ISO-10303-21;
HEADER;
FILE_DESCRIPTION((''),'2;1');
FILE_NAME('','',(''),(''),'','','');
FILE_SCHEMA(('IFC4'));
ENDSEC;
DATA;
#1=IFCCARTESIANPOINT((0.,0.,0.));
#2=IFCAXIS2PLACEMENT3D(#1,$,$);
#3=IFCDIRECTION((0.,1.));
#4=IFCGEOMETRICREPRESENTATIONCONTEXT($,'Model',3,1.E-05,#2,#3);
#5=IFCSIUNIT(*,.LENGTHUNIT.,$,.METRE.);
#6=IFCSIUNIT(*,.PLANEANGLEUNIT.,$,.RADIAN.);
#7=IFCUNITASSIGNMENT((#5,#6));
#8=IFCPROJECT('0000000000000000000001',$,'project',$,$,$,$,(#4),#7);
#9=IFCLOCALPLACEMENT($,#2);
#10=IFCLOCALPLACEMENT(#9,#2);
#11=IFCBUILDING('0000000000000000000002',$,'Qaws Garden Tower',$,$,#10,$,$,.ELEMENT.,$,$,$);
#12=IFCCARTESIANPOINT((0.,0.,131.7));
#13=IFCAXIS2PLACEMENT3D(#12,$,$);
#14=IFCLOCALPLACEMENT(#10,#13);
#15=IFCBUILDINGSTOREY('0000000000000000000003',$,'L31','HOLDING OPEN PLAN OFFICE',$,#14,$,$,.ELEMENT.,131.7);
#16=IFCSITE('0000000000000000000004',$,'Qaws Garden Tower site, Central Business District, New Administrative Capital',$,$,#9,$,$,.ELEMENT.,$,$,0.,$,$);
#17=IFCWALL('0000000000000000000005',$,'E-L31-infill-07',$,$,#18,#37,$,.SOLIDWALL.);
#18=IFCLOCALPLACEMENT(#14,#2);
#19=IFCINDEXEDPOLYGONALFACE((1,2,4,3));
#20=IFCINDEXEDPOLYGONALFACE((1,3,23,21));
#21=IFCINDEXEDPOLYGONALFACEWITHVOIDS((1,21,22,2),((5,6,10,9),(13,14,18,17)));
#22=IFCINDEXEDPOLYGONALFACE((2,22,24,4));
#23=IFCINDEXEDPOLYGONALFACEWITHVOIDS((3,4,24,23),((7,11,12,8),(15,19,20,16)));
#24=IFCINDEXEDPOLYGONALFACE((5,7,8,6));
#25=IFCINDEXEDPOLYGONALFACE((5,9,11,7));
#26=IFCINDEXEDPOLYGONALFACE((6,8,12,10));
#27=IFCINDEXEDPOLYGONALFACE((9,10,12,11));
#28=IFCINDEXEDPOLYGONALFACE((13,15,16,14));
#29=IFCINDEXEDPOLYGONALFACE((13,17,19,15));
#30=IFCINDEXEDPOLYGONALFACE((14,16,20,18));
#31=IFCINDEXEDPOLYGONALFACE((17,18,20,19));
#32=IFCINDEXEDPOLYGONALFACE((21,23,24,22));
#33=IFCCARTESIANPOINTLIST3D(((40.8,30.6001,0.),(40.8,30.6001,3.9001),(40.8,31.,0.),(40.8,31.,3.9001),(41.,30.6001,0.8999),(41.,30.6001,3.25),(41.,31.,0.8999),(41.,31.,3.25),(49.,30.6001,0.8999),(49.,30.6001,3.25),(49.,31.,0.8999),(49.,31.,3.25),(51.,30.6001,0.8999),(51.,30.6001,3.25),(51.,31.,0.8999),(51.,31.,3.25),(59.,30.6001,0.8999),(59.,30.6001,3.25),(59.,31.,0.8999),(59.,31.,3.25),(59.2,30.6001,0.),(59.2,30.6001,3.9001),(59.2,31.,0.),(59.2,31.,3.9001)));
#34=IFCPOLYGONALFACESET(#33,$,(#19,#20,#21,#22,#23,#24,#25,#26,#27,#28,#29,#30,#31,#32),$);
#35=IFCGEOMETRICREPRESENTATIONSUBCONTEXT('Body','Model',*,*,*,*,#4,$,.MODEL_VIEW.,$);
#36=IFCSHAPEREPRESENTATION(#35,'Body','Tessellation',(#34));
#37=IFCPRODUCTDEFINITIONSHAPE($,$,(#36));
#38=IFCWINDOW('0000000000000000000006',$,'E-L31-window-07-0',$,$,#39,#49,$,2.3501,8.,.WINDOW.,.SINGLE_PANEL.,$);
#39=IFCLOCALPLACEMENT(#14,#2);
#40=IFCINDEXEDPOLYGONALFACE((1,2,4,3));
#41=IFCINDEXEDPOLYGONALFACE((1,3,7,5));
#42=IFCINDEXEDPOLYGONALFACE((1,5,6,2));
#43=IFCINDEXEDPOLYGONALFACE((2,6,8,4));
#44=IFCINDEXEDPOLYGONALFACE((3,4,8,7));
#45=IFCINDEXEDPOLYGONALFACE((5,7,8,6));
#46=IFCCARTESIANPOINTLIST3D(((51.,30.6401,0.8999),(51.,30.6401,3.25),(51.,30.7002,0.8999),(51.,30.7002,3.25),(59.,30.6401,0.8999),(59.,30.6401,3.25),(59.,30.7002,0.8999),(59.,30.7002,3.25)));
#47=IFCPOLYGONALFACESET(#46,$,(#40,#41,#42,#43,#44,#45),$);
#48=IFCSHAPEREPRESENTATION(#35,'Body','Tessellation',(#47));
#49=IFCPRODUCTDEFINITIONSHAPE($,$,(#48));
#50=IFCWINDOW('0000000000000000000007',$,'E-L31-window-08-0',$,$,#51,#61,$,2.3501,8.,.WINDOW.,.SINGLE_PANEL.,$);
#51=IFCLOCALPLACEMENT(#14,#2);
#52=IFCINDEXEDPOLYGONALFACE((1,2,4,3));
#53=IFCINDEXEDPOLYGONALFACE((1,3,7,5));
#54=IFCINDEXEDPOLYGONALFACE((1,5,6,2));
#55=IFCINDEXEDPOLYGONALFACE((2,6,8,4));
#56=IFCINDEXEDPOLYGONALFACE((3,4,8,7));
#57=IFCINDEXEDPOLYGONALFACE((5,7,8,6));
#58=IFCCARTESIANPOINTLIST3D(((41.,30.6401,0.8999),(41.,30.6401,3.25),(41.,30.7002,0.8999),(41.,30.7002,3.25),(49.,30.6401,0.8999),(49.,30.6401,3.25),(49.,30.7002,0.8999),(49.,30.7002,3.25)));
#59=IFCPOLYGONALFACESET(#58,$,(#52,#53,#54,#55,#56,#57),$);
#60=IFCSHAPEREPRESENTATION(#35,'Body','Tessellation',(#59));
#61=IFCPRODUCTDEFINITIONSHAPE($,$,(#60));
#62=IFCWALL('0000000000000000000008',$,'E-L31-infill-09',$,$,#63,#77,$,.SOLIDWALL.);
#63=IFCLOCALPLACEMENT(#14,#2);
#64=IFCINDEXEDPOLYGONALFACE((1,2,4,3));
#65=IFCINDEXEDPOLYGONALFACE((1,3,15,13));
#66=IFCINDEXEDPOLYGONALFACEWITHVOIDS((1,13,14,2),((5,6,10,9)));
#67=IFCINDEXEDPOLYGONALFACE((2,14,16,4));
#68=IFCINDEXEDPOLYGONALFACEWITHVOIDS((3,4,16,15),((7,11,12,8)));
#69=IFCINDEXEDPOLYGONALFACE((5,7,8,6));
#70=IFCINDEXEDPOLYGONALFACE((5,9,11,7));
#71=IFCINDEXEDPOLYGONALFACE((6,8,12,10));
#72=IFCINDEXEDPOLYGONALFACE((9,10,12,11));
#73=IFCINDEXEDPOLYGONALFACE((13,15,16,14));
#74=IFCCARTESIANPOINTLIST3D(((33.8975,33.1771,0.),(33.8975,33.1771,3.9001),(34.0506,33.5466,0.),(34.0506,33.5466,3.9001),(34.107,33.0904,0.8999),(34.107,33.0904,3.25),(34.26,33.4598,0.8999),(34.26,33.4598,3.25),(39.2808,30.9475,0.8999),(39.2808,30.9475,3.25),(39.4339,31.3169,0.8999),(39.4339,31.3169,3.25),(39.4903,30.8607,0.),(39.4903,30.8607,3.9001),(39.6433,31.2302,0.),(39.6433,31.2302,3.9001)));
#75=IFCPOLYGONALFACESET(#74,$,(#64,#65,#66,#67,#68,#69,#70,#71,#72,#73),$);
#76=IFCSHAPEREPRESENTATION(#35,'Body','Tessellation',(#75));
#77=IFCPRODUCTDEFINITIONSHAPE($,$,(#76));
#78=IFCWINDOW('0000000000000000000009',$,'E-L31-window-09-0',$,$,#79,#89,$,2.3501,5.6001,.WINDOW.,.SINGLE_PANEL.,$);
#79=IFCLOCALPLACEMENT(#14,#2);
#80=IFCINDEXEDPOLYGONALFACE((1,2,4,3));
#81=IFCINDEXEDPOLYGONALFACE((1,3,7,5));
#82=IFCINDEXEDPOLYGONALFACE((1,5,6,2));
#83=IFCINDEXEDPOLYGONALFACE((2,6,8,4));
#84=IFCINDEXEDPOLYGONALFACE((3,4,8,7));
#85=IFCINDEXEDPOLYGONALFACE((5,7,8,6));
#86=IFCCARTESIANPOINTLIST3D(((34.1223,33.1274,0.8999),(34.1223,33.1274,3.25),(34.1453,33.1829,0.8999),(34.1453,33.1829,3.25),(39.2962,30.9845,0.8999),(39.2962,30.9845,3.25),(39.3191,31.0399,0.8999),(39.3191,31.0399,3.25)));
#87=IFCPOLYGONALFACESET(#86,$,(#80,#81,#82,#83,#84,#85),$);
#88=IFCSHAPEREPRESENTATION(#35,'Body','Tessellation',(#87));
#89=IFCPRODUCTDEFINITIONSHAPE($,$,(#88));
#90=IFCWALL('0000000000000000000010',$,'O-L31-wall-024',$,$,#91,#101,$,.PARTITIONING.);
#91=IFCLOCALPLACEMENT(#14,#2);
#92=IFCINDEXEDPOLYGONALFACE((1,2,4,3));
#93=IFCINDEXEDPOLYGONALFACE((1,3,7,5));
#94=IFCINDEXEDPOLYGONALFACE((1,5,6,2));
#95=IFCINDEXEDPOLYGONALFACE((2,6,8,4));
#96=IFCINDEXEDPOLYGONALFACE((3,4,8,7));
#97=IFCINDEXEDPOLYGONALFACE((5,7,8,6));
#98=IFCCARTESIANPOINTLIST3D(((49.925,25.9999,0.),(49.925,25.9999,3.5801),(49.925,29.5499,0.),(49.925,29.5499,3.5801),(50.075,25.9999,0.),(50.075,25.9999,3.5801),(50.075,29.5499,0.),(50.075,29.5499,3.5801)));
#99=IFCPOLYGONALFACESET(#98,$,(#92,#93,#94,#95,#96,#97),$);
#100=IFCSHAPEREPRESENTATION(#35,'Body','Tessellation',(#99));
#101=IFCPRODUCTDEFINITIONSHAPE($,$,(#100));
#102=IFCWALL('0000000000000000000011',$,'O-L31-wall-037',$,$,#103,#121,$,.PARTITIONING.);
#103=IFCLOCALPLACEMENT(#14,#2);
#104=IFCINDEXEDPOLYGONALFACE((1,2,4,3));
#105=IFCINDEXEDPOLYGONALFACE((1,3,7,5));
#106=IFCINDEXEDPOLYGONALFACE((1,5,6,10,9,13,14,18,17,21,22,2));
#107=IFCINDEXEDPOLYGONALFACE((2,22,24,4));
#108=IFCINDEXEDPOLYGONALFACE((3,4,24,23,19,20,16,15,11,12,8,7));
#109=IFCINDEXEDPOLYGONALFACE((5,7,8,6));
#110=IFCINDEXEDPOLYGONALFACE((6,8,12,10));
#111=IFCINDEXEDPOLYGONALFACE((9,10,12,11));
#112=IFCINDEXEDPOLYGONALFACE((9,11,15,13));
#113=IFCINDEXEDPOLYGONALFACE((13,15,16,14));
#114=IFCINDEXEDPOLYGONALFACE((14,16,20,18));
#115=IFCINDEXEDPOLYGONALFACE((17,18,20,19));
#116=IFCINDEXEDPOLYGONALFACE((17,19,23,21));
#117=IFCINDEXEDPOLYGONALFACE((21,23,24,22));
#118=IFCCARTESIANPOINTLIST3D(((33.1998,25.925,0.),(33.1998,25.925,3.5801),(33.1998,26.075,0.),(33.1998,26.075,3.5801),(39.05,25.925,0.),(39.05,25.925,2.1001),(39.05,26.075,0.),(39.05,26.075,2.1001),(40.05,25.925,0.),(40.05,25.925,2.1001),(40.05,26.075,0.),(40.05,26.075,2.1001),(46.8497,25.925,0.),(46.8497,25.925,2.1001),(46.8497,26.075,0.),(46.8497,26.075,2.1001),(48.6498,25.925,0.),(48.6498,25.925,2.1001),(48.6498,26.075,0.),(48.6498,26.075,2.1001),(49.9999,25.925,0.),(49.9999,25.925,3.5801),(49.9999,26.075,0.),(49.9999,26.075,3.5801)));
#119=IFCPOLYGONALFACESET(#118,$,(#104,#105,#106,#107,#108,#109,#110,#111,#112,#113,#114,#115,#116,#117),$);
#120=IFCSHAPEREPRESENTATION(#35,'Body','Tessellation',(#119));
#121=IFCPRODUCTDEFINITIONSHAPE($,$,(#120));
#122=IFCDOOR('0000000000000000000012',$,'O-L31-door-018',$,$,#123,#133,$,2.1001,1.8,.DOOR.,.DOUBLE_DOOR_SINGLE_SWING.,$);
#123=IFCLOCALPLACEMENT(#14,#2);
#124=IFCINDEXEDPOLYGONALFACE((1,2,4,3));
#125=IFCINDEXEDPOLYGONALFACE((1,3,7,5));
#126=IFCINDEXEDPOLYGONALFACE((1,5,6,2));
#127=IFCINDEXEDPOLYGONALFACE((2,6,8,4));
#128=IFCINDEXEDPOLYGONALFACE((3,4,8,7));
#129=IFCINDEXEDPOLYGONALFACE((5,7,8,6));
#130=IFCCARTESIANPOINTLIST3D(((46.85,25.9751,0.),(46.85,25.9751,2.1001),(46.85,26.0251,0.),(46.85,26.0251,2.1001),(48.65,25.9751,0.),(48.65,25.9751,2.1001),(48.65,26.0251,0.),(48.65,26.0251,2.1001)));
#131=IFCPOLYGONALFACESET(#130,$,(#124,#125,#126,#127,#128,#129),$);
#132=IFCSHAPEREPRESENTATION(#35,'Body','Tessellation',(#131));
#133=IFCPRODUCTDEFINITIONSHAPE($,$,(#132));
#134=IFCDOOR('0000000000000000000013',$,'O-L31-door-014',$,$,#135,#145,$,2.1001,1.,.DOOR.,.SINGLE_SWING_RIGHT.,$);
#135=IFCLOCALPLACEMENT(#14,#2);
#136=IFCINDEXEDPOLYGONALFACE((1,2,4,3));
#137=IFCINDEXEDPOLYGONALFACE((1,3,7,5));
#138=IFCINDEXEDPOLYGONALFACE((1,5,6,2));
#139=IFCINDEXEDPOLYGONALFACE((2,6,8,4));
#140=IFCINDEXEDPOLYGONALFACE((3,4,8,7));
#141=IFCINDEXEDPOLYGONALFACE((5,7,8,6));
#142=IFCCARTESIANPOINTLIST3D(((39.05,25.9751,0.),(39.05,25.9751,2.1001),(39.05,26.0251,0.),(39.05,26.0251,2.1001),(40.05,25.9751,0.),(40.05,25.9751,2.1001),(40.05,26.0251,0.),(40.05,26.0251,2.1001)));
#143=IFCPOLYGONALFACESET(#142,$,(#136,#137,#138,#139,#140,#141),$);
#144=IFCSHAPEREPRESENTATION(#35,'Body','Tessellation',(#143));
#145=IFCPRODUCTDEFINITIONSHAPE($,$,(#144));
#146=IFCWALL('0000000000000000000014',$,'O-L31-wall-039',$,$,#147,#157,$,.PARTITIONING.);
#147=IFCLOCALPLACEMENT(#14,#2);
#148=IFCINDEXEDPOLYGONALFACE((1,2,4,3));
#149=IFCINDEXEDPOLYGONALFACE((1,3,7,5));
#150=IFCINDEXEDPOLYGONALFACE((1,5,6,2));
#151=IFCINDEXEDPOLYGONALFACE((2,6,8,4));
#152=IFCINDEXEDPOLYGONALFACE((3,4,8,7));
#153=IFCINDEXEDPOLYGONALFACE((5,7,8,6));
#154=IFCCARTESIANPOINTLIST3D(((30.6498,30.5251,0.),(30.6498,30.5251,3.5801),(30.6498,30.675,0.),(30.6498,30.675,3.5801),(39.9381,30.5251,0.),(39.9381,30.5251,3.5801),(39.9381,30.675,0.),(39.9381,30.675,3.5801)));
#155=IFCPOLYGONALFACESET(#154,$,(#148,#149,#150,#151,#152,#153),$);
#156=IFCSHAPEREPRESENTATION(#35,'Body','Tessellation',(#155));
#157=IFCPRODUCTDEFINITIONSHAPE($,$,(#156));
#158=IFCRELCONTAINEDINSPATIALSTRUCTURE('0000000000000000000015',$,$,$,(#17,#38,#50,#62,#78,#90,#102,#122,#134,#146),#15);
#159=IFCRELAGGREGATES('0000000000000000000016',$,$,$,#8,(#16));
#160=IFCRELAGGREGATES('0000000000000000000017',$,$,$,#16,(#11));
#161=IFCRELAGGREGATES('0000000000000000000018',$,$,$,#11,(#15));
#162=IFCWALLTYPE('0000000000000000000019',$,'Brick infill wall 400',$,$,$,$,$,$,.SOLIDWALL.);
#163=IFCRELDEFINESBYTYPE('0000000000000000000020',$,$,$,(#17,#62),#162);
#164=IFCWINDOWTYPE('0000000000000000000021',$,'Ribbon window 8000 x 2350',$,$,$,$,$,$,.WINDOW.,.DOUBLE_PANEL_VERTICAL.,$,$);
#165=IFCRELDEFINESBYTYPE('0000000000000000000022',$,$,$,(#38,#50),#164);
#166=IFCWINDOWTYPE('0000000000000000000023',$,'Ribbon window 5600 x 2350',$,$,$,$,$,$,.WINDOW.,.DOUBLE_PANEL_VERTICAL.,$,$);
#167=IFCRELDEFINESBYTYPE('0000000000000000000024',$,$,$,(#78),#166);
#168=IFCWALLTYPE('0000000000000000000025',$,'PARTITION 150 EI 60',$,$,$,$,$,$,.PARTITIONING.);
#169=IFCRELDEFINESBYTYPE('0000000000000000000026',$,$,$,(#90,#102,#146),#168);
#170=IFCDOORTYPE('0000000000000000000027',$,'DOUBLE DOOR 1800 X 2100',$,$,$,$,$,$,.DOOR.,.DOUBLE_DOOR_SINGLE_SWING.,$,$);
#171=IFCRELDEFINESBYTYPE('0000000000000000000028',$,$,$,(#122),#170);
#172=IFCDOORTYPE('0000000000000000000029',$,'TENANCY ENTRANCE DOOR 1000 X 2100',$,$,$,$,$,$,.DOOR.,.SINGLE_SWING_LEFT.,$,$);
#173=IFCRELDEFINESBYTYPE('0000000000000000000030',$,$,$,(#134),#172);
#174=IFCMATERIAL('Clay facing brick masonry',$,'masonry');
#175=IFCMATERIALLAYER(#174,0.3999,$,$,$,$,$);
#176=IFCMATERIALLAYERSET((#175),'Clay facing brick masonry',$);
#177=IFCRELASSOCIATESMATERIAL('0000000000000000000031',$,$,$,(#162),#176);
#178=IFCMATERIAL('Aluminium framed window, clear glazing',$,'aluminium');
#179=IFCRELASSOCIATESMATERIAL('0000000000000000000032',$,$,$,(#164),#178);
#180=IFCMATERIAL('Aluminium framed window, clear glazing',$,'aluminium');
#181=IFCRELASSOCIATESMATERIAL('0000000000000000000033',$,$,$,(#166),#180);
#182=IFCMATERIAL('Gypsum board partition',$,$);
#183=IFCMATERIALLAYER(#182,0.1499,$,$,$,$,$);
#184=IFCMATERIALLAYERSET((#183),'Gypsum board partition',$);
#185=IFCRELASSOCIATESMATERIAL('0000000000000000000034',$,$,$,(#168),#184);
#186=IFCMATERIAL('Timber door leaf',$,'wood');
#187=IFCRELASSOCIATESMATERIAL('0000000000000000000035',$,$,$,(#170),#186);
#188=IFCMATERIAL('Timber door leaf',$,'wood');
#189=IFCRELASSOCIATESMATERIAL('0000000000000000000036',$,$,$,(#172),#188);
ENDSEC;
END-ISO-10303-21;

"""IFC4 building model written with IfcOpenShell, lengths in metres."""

from ifc_helpers import new_model, si_unit, direction, frame, frame_2d, origin, place, context, subcontext, project, spatial, rectangle, extrude, material, layer, layer_set, type_object, element, fill, save


model = new_model("IFC4")

# Units and contexts
model_context = context("Model", 3, precision=1e-05, world=origin(), true_north=direction((0.0, 1.0)))
body_context = subcontext(model_context, "Body", "Model", "MODEL_VIEW")
ifc_project = project(units=[si_unit("LENGTHUNIT", "METRE"), si_unit("PLANEANGLEUNIT", "RADIAN")], contexts=[model_context])

# Site, building, storey
site_placement = place(None, origin())
site = spatial("IfcSite", under=ifc_project, at=site_placement, Name="Qaws Garden Tower site, Central Business District, New Administrative Capital", CompositionType="ELEMENT", RefElevation=0.0)
building_placement = place(site_placement, origin())
building = spatial("IfcBuilding", under=site, at=building_placement, Name="Qaws Garden Tower", CompositionType="ELEMENT")
storey_placement = place(building_placement, frame((0.0, 0.0, 131.7)))
storey = spatial("IfcBuildingStorey", under=building, at=storey_placement, Name="L31", Description="HOLDING OPEN PLAN OFFICE", CompositionType="ELEMENT", Elevation=131.7)

# Wall, openings, windows
ifc_material_1 = material(Name="Clay facing brick masonry", Category="masonry")
ifc_layer_1 = layer(ifc_material_1, 0.3999)
ifc_layer_set_1 = layer_set([ifc_layer_1], Name="Clay facing brick masonry")
wall_type_1 = type_object("IfcWallType", Name="Brick infill wall 400", PredefinedType="SOLIDWALL", material=ifc_layer_set_1)
wall_1_placement = place(storey_placement, frame((59.2, 30.8, 0.0), z_axis=(0.0, 0.0, 1.0), x_axis=(-1.0, 0.0, 0.0)))
wall_1 = element("IfcWall", 1, at=wall_1_placement, inside=storey, type_object=wall_type_1, Name="E-L31-infill-07", PredefinedType="SOLIDWALL", context=body_context, shape_type="SweptSolid", body=[
    extrude(rectangle(XDim=18.3999, YDim=0.3999, at=frame_2d((9.2, 0.0))), origin(), (0.0, 0.0, 1.0), 3.9001),
])
opening_1_placement = place(wall_1_placement, frame((0.2, 0.0, 0.8999)))
opening_1 = element("IfcOpeningElement", 2, at=opening_1_placement, cuts=wall_1, PredefinedType="OPENING", context=body_context, shape_type="SweptSolid", body=[
    extrude(rectangle(XDim=8.0, YDim=2.3501, at=frame_2d((4.0, 1.175))), frame((0.0, 0.21, 0.0), z_axis=(0.0, -1.0, 0.0), x_axis=(1.0, 0.0, 0.0)), (0.0, 0.0, 1.0), 0.4199),
])
opening_2_placement = place(wall_1_placement, frame((10.2, 0.0, 0.8999)))
opening_2 = element("IfcOpeningElement", 3, at=opening_2_placement, cuts=wall_1, PredefinedType="OPENING", context=body_context, shape_type="SweptSolid", body=[
    extrude(rectangle(XDim=8.0, YDim=2.3501, at=frame_2d((4.0, 1.175))), frame((0.0, 0.21, 0.0), z_axis=(0.0, -1.0, 0.0), x_axis=(1.0, 0.0, 0.0)), (0.0, 0.0, 1.0), 0.4199),
])
ifc_material_2 = material(Name="Aluminium framed window, clear glazing", Category="aluminium")
window_type_1 = type_object("IfcWindowType", Name="Ribbon window 8000 x 2350", PartitioningType="DOUBLE_PANEL_VERTICAL", PredefinedType="WINDOW", material=ifc_material_2)
window_1_placement = place(opening_1_placement, origin())
window_1 = element("IfcWindow", 4, at=window_1_placement, inside=storey, type_object=window_type_1, Name="E-L31-window-07-0", OverallHeight=2.3501, OverallWidth=8.0, PartitioningType="SINGLE_PANEL", PredefinedType="WINDOW", context=body_context, shape_type="SweptSolid", body=[
    extrude(rectangle(XDim=8.0, YDim=2.3501, at=frame_2d((4.0, 1.175))), frame((0.0, 0.1599, 0.0), z_axis=(0.0, -1.0, 0.0), x_axis=(1.0, 0.0, 0.0)), (0.0, 0.0, 1.0), 0.0601),
])
fill(opening_1, window_1)
window_2_placement = place(opening_2_placement, origin())
window_2 = element("IfcWindow", 5, at=window_2_placement, inside=storey, type_object=window_type_1, Name="E-L31-window-08-0", OverallHeight=2.3501, OverallWidth=8.0, PartitioningType="SINGLE_PANEL", PredefinedType="WINDOW", context=body_context, shape_type="SweptSolid", body=[
    extrude(rectangle(XDim=8.0, YDim=2.3501, at=frame_2d((4.0, 1.175))), frame((0.0, 0.1599, 0.0), z_axis=(0.0, -1.0, 0.0), x_axis=(1.0, 0.0, 0.0)), (0.0, 0.0, 1.0), 0.0601),
])
fill(opening_2, window_2)

# Wall, opening, window
wall_2_placement = place(storey_placement, frame((39.5669, 31.0454, 0.0), z_axis=(0.0, 0.0, 1.0), x_axis=(-0.923891, 0.382656, 0.0)))
wall_2 = element("IfcWall", 6, at=wall_2_placement, inside=storey, type_object=wall_type_1, Name="E-L31-infill-09", PredefinedType="SOLIDWALL", context=body_context, shape_type="SweptSolid", body=[
    extrude(rectangle(XDim=6.0535, YDim=0.3999, at=frame_2d((3.0269, 0.0))), origin(), (0.0, 0.0, 1.0), 3.9001),
])
opening_3_placement = place(wall_2_placement, frame((0.2268, 0.0, 0.8999)))
opening_3 = element("IfcOpeningElement", 7, at=opening_3_placement, cuts=wall_2, PredefinedType="OPENING", context=body_context, shape_type="SweptSolid", body=[
    extrude(rectangle(XDim=5.6001, YDim=2.3501, at=frame_2d((2.8, 1.175))), frame((0.0, 0.21, 0.0), z_axis=(0.0, -1.0, 0.0), x_axis=(1.0, 0.0, 0.0)), (0.0, 0.0, 1.0), 0.4199),
])
ifc_material_3 = material(Name="Aluminium framed window, clear glazing", Category="aluminium")
window_type_2 = type_object("IfcWindowType", Name="Ribbon window 5600 x 2350", PartitioningType="DOUBLE_PANEL_VERTICAL", PredefinedType="WINDOW", material=ifc_material_3)
window_3_placement = place(opening_3_placement, origin())
window_3 = element("IfcWindow", 8, at=window_3_placement, inside=storey, type_object=window_type_2, Name="E-L31-window-09-0", OverallHeight=2.3501, OverallWidth=5.6001, PartitioningType="SINGLE_PANEL", PredefinedType="WINDOW", context=body_context, shape_type="SweptSolid", body=[
    extrude(rectangle(XDim=5.6001, YDim=2.3501, at=frame_2d((2.8, 1.175))), frame((0.0, 0.1599, 0.0), z_axis=(0.0, -1.0, 0.0), x_axis=(1.0, 0.0, 0.0)), (0.0, 0.0, 1.0), 0.0601),
])
fill(opening_3, window_3)

# Wall
ifc_material_4 = material(Name="Gypsum board partition")
ifc_layer_2 = layer(ifc_material_4, 0.1499)
ifc_layer_set_2 = layer_set([ifc_layer_2], Name="Gypsum board partition")
wall_type_2 = type_object("IfcWallType", Name="PARTITION 150 EI 60", PredefinedType="PARTITIONING", material=ifc_layer_set_2)
wall_3_placement = place(storey_placement, frame((50.0, 26.0, 0.0), z_axis=(0.0, 0.0, 1.0), x_axis=(0.0, 1.0, 0.0)))
element("IfcWall", 9, at=wall_3_placement, inside=storey, type_object=wall_type_2, Name="O-L31-wall-024", PredefinedType="PARTITIONING", context=body_context, shape_type="SweptSolid", body=[
    extrude(rectangle(XDim=3.55, YDim=0.1499, at=frame_2d((1.7749, 0.0))), origin(), (0.0, 0.0, 1.0), 3.5801),
])

# Wall, openings, doors
wall_4_placement = place(storey_placement, frame((33.2, 26.0, 0.0), z_axis=(0.0, 0.0, 1.0), x_axis=(1.0, 0.0, 0.0)))
wall_4 = element("IfcWall", 10, at=wall_4_placement, inside=storey, type_object=wall_type_2, Name="O-L31-wall-037", PredefinedType="PARTITIONING", context=body_context, shape_type="SweptSolid", body=[
    extrude(rectangle(XDim=16.8, YDim=0.1499, at=frame_2d((8.3999, 0.0))), origin(), (0.0, 0.0, 1.0), 3.5801),
])
opening_4_placement = place(wall_4_placement, frame((5.8501, 0.0, 0.0)))
opening_4 = element("IfcOpeningElement", 11, at=opening_4_placement, cuts=wall_4, PredefinedType="OPENING", context=body_context, shape_type="SweptSolid", body=[
    extrude(rectangle(XDim=1.0, YDim=2.1001, at=frame_2d((0.5, 1.05))), frame((0.0, 0.085, 0.0), z_axis=(0.0, -1.0, 0.0), x_axis=(1.0, 0.0, 0.0)), (0.0, 0.0, 1.0), 0.1699),
])
opening_5_placement = place(wall_4_placement, frame((13.6499, 0.0, 0.0)))
opening_5 = element("IfcOpeningElement", 12, at=opening_5_placement, cuts=wall_4, PredefinedType="OPENING", context=body_context, shape_type="SweptSolid", body=[
    extrude(rectangle(XDim=1.8, YDim=2.1001, at=frame_2d((0.8999, 1.05))), frame((0.0, 0.085, 0.0), z_axis=(0.0, -1.0, 0.0), x_axis=(1.0, 0.0, 0.0)), (0.0, 0.0, 1.0), 0.1699),
])
ifc_material_5 = material(Name="Timber door leaf", Category="wood")
door_type_1 = type_object("IfcDoorType", Name="DOUBLE DOOR 1800 X 2100", OperationType="DOUBLE_DOOR_SINGLE_SWING", PredefinedType="DOOR", material=ifc_material_5)
door_1_placement = place(opening_5_placement, frame((1.8, 0.0, 0.0), z_axis=(0.0, 0.0, 1.0), x_axis=(-1.0, 0.0, 0.0)))
door_1 = element("IfcDoor", 13, at=door_1_placement, inside=storey, type_object=door_type_1, Name="O-L31-door-018", OperationType="DOUBLE_DOOR_SINGLE_SWING", OverallHeight=2.1001, OverallWidth=1.8, PredefinedType="DOOR", context=body_context, shape_type="SweptSolid", body=[
    extrude(rectangle(XDim=1.8, YDim=2.1001, at=frame_2d((0.8999, 1.05))), frame((0.0, 0.0249, 0.0), z_axis=(0.0, -1.0, 0.0), x_axis=(1.0, 0.0, 0.0)), (0.0, 0.0, 1.0), 0.05),
])
fill(opening_5, door_1)
ifc_material_6 = material(Name="Timber door leaf", Category="wood")
door_type_2 = type_object("IfcDoorType", Name="TENANCY ENTRANCE DOOR 1000 X 2100", OperationType="SINGLE_SWING_LEFT", PredefinedType="DOOR", material=ifc_material_6)
door_2_placement = place(opening_4_placement, frame((1.0, 0.0, 0.0), z_axis=(0.0, 0.0, 1.0), x_axis=(-1.0, 0.0, 0.0)))
door_2 = element("IfcDoor", 14, at=door_2_placement, inside=storey, type_object=door_type_2, Name="O-L31-door-014", OperationType="SINGLE_SWING_RIGHT", OverallHeight=2.1001, OverallWidth=1.0, PredefinedType="DOOR", context=body_context, shape_type="SweptSolid", body=[
    extrude(rectangle(XDim=1.0, YDim=2.1001, at=frame_2d((0.5, 1.05))), frame((0.0, 0.0249, 0.0), z_axis=(0.0, -1.0, 0.0), x_axis=(1.0, 0.0, 0.0)), (0.0, 0.0, 1.0), 0.05),
])
fill(opening_4, door_2)

# Wall
wall_5_placement = place(storey_placement, frame((30.6499, 30.6001, 0.0), z_axis=(0.0, 0.0, 1.0), x_axis=(1.0, 0.0, 0.0)))
element("IfcWall", 15, at=wall_5_placement, inside=storey, type_object=wall_type_2, Name="O-L31-wall-039", PredefinedType="PARTITIONING", context=body_context, shape_type="SweptSolid", body=[
    extrude(rectangle(XDim=9.2883, YDim=0.1499, at=frame_2d((4.644, 0.0))), origin(), (0.0, 0.0, 1.0), 3.5801),
])

save(model, "model.ifc")
